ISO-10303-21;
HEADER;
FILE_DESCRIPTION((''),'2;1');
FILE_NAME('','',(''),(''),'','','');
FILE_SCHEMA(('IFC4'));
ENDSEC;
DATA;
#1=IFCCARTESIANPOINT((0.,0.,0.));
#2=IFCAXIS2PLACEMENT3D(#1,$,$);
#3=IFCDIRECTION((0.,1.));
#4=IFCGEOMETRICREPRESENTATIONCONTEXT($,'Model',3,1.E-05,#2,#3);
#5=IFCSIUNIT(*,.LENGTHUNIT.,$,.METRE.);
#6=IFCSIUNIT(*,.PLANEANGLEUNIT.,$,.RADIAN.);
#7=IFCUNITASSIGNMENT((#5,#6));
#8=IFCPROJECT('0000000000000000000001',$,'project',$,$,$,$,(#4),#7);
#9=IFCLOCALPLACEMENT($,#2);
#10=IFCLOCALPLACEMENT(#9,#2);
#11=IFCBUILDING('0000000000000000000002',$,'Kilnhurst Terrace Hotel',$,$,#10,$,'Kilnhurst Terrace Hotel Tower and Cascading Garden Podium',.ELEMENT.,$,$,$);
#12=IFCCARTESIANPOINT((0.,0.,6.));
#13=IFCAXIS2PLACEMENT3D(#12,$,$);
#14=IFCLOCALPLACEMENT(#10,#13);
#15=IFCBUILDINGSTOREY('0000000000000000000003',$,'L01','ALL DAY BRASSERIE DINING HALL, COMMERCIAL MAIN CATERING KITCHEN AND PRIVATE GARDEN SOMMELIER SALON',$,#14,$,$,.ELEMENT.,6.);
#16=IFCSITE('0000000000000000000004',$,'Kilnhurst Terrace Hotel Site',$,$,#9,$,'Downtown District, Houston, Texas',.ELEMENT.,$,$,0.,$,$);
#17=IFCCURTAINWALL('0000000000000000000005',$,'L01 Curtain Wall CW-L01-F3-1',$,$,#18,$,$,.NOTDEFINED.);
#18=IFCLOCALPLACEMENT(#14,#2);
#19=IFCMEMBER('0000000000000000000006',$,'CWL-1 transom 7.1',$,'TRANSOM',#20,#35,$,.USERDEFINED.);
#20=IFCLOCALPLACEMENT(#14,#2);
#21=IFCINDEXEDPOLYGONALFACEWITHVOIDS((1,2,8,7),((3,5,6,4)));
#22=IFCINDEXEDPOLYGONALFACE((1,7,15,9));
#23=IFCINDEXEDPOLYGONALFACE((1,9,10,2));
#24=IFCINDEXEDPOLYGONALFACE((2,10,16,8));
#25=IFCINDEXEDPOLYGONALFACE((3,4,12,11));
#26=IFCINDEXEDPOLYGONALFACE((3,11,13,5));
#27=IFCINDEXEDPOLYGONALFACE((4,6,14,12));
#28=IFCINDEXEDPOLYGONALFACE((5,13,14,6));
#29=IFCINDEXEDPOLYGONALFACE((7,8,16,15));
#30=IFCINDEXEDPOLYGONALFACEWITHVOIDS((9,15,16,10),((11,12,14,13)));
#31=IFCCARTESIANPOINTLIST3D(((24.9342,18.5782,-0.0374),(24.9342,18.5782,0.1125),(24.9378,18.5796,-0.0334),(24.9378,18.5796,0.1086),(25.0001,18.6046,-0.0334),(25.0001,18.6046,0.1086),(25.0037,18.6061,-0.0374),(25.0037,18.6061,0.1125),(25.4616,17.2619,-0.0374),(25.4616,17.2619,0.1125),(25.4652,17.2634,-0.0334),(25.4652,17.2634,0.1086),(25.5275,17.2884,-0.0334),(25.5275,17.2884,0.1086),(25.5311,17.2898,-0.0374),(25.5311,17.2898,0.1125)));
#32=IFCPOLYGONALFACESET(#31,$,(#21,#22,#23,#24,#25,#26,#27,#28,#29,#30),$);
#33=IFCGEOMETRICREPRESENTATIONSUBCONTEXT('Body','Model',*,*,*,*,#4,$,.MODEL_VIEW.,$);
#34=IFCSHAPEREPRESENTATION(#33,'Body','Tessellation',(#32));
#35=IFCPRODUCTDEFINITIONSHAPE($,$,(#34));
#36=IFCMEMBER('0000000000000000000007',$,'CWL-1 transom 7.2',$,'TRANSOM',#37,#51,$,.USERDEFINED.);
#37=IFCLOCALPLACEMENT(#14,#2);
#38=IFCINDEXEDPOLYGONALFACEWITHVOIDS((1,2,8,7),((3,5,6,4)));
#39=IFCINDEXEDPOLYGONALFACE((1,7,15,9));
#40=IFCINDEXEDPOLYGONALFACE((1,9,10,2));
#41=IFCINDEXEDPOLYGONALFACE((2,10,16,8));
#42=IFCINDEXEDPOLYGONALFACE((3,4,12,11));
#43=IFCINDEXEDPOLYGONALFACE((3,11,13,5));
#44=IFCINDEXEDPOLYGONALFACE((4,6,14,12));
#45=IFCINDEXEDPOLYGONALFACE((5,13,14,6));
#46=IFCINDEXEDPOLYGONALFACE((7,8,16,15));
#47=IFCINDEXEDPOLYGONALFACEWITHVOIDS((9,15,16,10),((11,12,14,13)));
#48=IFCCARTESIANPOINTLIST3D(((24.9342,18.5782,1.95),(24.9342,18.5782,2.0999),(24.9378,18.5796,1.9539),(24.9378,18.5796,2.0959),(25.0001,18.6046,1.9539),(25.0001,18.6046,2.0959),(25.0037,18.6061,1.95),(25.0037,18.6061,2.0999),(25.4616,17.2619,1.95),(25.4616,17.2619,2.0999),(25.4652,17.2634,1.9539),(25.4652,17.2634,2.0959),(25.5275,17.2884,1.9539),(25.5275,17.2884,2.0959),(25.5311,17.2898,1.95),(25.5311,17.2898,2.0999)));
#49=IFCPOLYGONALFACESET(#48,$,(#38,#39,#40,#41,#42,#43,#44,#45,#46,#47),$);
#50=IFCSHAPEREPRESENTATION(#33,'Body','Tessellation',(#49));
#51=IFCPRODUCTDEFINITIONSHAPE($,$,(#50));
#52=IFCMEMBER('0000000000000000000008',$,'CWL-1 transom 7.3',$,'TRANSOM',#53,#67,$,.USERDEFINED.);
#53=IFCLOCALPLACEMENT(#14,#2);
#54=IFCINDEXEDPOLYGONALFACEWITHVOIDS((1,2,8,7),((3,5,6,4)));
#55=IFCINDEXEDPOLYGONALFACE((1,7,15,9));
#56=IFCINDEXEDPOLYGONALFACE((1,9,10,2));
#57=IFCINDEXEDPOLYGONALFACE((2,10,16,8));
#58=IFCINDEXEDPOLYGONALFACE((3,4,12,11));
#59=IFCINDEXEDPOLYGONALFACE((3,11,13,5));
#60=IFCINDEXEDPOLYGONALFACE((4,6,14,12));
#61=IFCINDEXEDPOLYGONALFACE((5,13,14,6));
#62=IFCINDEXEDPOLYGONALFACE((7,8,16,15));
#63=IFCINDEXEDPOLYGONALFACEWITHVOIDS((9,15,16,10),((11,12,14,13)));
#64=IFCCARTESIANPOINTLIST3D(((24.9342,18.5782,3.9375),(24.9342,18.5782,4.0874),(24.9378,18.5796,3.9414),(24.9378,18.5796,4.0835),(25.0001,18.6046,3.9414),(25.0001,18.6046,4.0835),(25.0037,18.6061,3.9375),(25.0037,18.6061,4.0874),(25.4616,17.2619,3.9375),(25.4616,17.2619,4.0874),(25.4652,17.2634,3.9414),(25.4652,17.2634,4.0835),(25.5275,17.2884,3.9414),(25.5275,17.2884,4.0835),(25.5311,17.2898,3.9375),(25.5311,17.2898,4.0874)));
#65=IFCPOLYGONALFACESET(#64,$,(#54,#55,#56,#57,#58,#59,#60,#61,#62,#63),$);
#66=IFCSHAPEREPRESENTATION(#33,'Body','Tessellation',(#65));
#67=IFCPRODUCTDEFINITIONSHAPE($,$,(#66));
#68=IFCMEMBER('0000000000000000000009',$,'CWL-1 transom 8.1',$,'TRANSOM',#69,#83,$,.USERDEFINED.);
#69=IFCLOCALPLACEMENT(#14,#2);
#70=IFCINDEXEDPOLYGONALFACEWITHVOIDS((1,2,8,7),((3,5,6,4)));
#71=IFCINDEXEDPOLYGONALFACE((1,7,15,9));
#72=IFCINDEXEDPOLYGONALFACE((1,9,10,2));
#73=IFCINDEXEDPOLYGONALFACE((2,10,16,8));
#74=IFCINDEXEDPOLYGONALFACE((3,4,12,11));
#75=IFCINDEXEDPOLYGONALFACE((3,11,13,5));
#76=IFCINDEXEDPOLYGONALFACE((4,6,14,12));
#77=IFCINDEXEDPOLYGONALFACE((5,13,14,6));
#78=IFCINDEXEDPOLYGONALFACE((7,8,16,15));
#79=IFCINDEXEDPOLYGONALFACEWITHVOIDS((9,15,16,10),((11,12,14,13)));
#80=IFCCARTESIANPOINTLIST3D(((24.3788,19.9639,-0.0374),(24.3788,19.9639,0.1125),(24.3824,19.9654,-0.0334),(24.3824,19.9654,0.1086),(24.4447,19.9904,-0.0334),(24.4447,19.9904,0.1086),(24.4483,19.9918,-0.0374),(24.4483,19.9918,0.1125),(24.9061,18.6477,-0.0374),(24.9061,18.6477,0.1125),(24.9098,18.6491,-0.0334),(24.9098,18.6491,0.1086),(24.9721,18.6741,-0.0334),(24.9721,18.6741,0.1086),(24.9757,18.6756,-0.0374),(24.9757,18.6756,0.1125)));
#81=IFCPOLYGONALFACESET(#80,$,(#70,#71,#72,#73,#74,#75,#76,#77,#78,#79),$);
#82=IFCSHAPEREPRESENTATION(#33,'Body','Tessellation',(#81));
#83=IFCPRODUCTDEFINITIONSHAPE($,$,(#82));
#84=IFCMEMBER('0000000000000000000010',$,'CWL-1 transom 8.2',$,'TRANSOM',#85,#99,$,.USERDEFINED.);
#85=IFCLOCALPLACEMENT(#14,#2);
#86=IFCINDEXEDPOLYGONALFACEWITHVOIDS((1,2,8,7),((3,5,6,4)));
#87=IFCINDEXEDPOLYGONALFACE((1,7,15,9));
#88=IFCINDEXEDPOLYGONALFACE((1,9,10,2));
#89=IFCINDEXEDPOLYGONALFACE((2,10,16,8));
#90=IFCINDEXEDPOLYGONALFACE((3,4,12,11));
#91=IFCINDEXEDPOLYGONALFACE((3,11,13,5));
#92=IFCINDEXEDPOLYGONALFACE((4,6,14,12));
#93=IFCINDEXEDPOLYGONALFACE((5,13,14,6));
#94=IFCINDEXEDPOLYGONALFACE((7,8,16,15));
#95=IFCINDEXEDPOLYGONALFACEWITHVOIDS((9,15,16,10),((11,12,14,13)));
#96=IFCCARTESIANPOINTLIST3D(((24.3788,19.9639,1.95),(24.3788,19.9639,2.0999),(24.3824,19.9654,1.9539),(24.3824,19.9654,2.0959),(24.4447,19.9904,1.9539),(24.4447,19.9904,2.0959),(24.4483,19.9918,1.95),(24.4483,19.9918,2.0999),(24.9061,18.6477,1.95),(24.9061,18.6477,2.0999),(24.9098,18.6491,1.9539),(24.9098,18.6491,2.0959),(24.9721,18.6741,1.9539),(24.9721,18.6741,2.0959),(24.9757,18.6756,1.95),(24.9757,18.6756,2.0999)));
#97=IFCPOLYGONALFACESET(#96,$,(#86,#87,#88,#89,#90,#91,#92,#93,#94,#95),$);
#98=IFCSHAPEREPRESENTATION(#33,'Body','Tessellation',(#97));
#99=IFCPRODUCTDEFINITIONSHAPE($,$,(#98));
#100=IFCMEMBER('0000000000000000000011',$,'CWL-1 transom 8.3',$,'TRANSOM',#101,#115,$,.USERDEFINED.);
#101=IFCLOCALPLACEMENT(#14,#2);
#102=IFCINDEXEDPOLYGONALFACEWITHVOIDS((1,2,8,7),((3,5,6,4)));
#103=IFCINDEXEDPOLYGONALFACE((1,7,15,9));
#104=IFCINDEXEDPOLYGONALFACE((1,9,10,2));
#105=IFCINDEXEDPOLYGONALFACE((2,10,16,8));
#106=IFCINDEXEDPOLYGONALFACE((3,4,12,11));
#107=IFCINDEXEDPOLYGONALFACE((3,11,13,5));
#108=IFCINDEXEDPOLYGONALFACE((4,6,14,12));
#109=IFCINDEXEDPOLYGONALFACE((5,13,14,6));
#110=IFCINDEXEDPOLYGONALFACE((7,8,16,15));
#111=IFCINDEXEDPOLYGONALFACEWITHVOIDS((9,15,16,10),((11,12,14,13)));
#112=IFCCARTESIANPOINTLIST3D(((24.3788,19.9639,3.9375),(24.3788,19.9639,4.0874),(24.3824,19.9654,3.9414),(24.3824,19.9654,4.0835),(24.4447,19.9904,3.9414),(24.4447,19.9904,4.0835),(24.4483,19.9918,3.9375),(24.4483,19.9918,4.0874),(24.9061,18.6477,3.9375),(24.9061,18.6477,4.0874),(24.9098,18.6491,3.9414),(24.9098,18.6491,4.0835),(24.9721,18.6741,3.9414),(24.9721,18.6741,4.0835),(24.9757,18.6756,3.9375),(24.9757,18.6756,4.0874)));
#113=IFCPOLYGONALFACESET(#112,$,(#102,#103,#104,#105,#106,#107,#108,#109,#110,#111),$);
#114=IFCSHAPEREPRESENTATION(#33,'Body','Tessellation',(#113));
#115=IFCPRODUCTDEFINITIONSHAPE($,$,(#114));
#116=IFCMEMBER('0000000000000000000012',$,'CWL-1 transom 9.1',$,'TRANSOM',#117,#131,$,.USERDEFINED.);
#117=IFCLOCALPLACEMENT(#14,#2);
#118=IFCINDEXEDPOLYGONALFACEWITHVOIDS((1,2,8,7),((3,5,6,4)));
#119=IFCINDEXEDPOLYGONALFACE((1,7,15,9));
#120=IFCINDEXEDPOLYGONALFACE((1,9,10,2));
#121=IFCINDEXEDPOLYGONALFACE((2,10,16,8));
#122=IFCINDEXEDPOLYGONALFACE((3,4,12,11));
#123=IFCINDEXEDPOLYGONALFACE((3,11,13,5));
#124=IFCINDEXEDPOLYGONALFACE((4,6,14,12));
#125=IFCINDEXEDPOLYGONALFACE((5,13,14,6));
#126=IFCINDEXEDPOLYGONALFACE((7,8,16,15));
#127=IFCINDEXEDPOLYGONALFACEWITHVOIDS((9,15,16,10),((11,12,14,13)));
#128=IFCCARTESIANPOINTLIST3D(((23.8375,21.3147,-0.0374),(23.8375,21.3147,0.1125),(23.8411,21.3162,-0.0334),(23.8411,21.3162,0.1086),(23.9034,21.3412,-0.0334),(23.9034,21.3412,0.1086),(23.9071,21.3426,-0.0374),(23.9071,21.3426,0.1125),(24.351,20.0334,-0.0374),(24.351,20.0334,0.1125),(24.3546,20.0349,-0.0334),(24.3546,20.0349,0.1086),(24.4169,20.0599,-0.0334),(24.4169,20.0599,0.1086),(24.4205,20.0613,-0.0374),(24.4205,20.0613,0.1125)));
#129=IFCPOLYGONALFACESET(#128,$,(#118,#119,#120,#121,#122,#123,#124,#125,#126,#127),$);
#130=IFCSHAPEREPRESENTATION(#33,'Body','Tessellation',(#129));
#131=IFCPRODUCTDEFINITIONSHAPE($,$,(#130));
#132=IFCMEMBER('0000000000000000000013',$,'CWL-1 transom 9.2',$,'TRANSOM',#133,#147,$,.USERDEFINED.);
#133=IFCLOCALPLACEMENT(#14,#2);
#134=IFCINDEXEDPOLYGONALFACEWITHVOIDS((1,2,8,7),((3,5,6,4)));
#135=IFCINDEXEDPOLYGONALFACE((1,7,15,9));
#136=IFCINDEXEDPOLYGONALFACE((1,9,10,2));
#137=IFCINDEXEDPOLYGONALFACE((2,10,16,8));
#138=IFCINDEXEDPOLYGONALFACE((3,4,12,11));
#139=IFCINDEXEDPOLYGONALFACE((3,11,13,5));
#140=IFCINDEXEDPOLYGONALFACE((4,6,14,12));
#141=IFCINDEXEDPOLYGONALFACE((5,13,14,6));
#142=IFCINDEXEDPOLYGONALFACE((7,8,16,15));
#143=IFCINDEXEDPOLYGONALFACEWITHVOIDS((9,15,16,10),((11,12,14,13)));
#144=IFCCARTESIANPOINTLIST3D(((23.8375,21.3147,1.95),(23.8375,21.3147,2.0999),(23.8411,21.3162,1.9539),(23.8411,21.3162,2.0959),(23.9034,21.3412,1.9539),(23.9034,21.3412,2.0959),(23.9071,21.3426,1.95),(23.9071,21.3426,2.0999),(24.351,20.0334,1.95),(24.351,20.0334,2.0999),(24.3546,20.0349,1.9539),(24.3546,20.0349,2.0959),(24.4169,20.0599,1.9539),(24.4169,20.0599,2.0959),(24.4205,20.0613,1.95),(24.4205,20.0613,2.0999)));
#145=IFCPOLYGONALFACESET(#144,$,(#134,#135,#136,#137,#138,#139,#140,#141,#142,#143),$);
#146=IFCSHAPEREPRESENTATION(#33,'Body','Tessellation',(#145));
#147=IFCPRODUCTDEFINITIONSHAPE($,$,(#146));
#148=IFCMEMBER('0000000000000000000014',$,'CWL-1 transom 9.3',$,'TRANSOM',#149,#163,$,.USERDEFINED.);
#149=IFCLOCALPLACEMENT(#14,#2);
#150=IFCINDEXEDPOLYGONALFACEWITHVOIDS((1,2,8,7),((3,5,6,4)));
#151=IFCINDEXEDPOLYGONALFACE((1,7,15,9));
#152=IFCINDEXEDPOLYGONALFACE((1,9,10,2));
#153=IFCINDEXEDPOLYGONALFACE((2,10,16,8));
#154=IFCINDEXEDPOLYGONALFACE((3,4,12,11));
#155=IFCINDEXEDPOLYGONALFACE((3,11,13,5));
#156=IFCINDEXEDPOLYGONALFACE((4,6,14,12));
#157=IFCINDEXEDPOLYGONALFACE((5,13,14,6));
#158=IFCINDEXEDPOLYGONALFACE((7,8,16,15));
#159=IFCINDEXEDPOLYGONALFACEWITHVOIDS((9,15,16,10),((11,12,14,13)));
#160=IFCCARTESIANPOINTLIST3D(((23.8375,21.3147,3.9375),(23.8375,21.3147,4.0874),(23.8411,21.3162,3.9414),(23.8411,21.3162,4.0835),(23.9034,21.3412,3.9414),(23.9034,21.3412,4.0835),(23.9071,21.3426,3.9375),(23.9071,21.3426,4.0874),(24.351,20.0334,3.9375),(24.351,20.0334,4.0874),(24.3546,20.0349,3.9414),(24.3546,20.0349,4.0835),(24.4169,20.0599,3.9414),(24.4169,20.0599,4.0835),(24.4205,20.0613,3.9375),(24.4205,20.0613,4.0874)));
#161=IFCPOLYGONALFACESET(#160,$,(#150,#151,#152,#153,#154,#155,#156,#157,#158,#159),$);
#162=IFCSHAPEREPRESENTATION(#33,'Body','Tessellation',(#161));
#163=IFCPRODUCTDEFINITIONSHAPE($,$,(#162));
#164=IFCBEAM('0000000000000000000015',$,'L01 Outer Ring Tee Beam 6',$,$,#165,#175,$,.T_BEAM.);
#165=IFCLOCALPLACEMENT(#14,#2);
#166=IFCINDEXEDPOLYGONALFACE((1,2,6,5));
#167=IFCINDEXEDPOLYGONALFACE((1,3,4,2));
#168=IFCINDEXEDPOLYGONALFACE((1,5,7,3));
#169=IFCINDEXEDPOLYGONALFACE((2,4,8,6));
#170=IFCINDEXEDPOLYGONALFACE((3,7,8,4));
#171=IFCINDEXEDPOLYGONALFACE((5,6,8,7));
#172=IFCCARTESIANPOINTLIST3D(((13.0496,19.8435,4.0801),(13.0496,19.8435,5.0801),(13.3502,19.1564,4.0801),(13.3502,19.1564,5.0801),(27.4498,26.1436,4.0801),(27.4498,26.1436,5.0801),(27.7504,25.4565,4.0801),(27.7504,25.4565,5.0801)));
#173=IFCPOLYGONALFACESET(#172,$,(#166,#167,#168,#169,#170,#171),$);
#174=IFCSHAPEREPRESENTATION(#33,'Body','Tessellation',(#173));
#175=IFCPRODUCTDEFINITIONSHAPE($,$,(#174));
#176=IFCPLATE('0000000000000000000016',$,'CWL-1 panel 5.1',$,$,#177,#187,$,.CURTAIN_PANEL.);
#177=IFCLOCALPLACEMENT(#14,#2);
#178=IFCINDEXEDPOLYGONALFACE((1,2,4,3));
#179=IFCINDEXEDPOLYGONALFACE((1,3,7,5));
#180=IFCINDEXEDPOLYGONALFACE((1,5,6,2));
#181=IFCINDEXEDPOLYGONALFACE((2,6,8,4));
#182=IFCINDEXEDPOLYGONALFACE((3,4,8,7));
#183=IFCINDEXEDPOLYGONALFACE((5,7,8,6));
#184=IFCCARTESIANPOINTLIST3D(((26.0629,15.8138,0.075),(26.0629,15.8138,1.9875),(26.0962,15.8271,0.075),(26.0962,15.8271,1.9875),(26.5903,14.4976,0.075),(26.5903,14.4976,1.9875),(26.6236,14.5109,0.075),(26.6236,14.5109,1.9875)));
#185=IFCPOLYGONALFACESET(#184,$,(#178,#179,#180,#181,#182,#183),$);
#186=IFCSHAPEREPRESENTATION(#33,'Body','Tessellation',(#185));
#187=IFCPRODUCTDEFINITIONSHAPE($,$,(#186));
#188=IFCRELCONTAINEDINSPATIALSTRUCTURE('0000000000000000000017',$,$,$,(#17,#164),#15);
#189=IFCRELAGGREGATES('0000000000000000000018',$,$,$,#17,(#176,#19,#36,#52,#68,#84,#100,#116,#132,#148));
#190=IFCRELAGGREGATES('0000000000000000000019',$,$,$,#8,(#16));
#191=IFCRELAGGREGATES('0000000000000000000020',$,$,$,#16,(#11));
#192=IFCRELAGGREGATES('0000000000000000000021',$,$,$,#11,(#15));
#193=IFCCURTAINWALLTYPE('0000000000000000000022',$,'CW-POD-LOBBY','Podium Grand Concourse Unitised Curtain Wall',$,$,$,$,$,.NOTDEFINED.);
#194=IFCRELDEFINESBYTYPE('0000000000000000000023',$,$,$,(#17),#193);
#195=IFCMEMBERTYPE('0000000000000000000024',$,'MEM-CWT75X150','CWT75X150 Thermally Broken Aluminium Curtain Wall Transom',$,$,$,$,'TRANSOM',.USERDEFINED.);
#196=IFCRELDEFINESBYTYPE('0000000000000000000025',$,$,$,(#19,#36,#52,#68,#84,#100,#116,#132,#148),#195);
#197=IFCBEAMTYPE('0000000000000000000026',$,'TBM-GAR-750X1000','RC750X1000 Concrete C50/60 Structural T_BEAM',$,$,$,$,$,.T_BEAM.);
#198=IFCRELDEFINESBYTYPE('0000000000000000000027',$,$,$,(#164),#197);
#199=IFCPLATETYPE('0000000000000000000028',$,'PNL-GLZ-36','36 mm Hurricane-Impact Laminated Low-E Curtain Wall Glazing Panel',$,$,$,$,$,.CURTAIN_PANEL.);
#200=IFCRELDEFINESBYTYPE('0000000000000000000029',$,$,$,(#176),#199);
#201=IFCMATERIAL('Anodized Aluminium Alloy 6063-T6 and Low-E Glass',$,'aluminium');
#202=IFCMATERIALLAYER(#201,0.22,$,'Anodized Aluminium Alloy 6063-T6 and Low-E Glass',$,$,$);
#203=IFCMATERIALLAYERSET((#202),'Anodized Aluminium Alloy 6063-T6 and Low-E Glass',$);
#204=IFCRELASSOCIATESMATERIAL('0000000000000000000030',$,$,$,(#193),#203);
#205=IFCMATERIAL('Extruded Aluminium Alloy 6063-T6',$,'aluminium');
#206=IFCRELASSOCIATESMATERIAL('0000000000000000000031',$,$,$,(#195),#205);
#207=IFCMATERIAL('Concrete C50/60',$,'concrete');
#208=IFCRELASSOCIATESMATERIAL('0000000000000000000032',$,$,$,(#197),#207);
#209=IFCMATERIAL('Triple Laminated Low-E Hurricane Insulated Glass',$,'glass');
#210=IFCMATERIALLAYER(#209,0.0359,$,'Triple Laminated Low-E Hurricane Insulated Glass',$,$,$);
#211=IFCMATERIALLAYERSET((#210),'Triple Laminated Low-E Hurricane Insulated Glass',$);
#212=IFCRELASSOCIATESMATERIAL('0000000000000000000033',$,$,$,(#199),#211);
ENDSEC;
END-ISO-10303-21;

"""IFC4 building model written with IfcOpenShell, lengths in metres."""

from ifc_helpers import new_model, si_unit, direction, frame, origin, origin_2d, place, context, subcontext, project, spatial, rectangle, hollow_rectangle, extrude, material, layer, layer_set, material_profile, profile_set, type_object, element, aggregate, save


model = new_model("IFC4")

# Units and contexts
model_context = context("Model", 3, precision=1e-05, world=origin(), true_north=direction((0.0, 1.0)))
body_context = subcontext(model_context, "Body", "Model", "MODEL_VIEW")
ifc_project = project(units=[si_unit("LENGTHUNIT", "METRE"), si_unit("PLANEANGLEUNIT", "RADIAN")], contexts=[model_context])

# Site, building, storey
site_placement = place(None, origin())
site = spatial("IfcSite", under=ifc_project, at=site_placement, Name="Kilnhurst Terrace Hotel Site", LongName="Downtown District, Houston, Texas", CompositionType="ELEMENT", RefElevation=0.0)
building_placement = place(site_placement, origin())
building = spatial("IfcBuilding", under=site, at=building_placement, Name="Kilnhurst Terrace Hotel", LongName="Kilnhurst Terrace Hotel Tower and Cascading Garden Podium", CompositionType="ELEMENT")
storey_placement = place(building_placement, frame((0.0, 0.0, 6.0)))
storey = spatial("IfcBuildingStorey", under=building, at=storey_placement, Name="L01", Description="ALL DAY BRASSERIE DINING HALL, COMMERCIAL MAIN CATERING KITCHEN AND PRIVATE GARDEN SOMMELIER SALON", CompositionType="ELEMENT", Elevation=6.0)

# Curtain wall, members
ifc_material_1 = material(Name="Anodized Aluminium Alloy 6063-T6 and Low-E Glass", Category="aluminium")
ifc_layer_1 = layer(ifc_material_1, 0.22, Name="Anodized Aluminium Alloy 6063-T6 and Low-E Glass")
ifc_layer_set_1 = layer_set([ifc_layer_1], Name="Anodized Aluminium Alloy 6063-T6 and Low-E Glass")
curtain_wall_type = type_object("IfcCurtainWallType", Name="CW-POD-LOBBY", Description="Podium Grand Concourse Unitised Curtain Wall", PredefinedType="NOTDEFINED", material=ifc_layer_set_1)
curtain_wall_placement = place(storey_placement, origin())
curtain_wall = element("IfcCurtainWall", 1, at=curtain_wall_placement, inside=storey, type_object=curtain_wall_type, Name="L01 Curtain Wall CW-L01-F3-1", PredefinedType="NOTDEFINED")
ifc_material_2 = material(Name="Extruded Aluminium Alloy 6063-T6", Category="aluminium")
ifc_material_profile_1 = material_profile(ifc_material_2, hollow_rectangle(XDim=0.075, YDim=0.1499, WallThickness=0.0039, at=origin_2d()), Name="CWT75X150")
ifc_profile_set_1 = profile_set([ifc_material_profile_1], Name="Extruded Aluminium Alloy 6063-T6")
member_type_1 = type_object("IfcMemberType", Name="MEM-CWT75X150", Description="CWT75X150 Thermally Broken Aluminium Curtain Wall Transom", ElementType="TRANSOM", PredefinedType="USERDEFINED", material=ifc_profile_set_1)
member_1_placement = place(storey_placement, frame((25.4963, 17.2759, 0.0376), z_axis=(-0.371925, 0.928263, 0.0), x_axis=(-0.928263, -0.371925, 0.0)))
member_1 = element("IfcMember", 2, at=member_1_placement, type_object=member_type_1, Name="CWL-1 transom 7.1", ObjectType="TRANSOM", PredefinedType="USERDEFINED", context=body_context, shape_type="SweptSolid", body=[
    extrude(hollow_rectangle(XDim=0.075, YDim=0.1499, WallThickness=0.0039, at=origin_2d()), origin(), (0.0, 0.0, 1.0), 1.418),
])
member_2_placement = place(storey_placement, frame((25.4963, 17.2759, 2.0249), z_axis=(-0.371925, 0.928263, 0.0), x_axis=(-0.928263, -0.371925, 0.0)))
member_2 = element("IfcMember", 3, at=member_2_placement, type_object=member_type_1, Name="CWL-1 transom 7.2", ObjectType="TRANSOM", PredefinedType="USERDEFINED", context=body_context, shape_type="SweptSolid", body=[
    extrude(hollow_rectangle(XDim=0.075, YDim=0.1499, WallThickness=0.0039, at=origin_2d()), origin(), (0.0, 0.0, 1.0), 1.418),
])
member_3_placement = place(storey_placement, frame((25.4963, 17.2759, 4.0125), z_axis=(-0.371925, 0.928263, 0.0), x_axis=(-0.928263, -0.371925, 0.0)))
member_3 = element("IfcMember", 4, at=member_3_placement, type_object=member_type_1, Name="CWL-1 transom 7.3", ObjectType="TRANSOM", PredefinedType="USERDEFINED", context=body_context, shape_type="SweptSolid", body=[
    extrude(hollow_rectangle(XDim=0.075, YDim=0.1499, WallThickness=0.0039, at=origin_2d()), origin(), (0.0, 0.0, 1.0), 1.418),
])
member_4_placement = place(storey_placement, frame((24.9409, 18.6616, 0.0376), z_axis=(-0.371925, 0.928263, 0.0), x_axis=(-0.928263, -0.371925, 0.0)))
member_4 = element("IfcMember", 5, at=member_4_placement, type_object=member_type_1, Name="CWL-1 transom 8.1", ObjectType="TRANSOM", PredefinedType="USERDEFINED", context=body_context, shape_type="SweptSolid", body=[
    extrude(hollow_rectangle(XDim=0.075, YDim=0.1499, WallThickness=0.0039, at=origin_2d()), origin(), (0.0, 0.0, 1.0), 1.418),
])
member_5_placement = place(storey_placement, frame((24.9409, 18.6616, 2.0249), z_axis=(-0.371925, 0.928263, 0.0), x_axis=(-0.928263, -0.371925, 0.0)))
member_5 = element("IfcMember", 6, at=member_5_placement, type_object=member_type_1, Name="CWL-1 transom 8.2", ObjectType="TRANSOM", PredefinedType="USERDEFINED", context=body_context, shape_type="SweptSolid", body=[
    extrude(hollow_rectangle(XDim=0.075, YDim=0.1499, WallThickness=0.0039, at=origin_2d()), origin(), (0.0, 0.0, 1.0), 1.418),
])
member_6_placement = place(storey_placement, frame((24.9409, 18.6616, 4.0125), z_axis=(-0.371925, 0.928263, 0.0), x_axis=(-0.928263, -0.371925, 0.0)))
member_6 = element("IfcMember", 7, at=member_6_placement, type_object=member_type_1, Name="CWL-1 transom 8.3", ObjectType="TRANSOM", PredefinedType="USERDEFINED", context=body_context, shape_type="SweptSolid", body=[
    extrude(hollow_rectangle(XDim=0.075, YDim=0.1499, WallThickness=0.0039, at=origin_2d()), origin(), (0.0, 0.0, 1.0), 1.418),
])
member_7_placement = place(storey_placement, frame((24.3857, 20.0474, 0.0376), z_axis=(-0.37197, 0.928245, 0.0), x_axis=(-0.928245, -0.37197, 0.0)))
member_7 = element("IfcMember", 8, at=member_7_placement, type_object=member_type_1, Name="CWL-1 transom 9.1", ObjectType="TRANSOM", PredefinedType="USERDEFINED", context=body_context, shape_type="SweptSolid", body=[
    extrude(hollow_rectangle(XDim=0.075, YDim=0.1499, WallThickness=0.0039, at=origin_2d()), origin(), (0.0, 0.0, 1.0), 1.3804),
])
member_8_placement = place(storey_placement, frame((24.3857, 20.0474, 2.0249), z_axis=(-0.37197, 0.928245, 0.0), x_axis=(-0.928245, -0.37197, 0.0)))
member_8 = element("IfcMember", 9, at=member_8_placement, type_object=member_type_1, Name="CWL-1 transom 9.2", ObjectType="TRANSOM", PredefinedType="USERDEFINED", context=body_context, shape_type="SweptSolid", body=[
    extrude(hollow_rectangle(XDim=0.075, YDim=0.1499, WallThickness=0.0039, at=origin_2d()), origin(), (0.0, 0.0, 1.0), 1.3804),
])
member_9_placement = place(storey_placement, frame((24.3857, 20.0474, 4.0125), z_axis=(-0.37197, 0.928245, 0.0), x_axis=(-0.928245, -0.37197, 0.0)))
member_9 = element("IfcMember", 10, at=member_9_placement, type_object=member_type_1, Name="CWL-1 transom 9.3", ObjectType="TRANSOM", PredefinedType="USERDEFINED", context=body_context, shape_type="SweptSolid", body=[
    extrude(hollow_rectangle(XDim=0.075, YDim=0.1499, WallThickness=0.0039, at=origin_2d()), origin(), (0.0, 0.0, 1.0), 1.3804),
])

# Beam
ifc_material_3 = material(Name="Concrete C50/60", Category="concrete")
ifc_material_profile_2 = material_profile(ifc_material_3, rectangle(XDim=0.75, YDim=1.0, at=origin_2d()), Name="RC750X1000")
ifc_profile_set_2 = profile_set([ifc_material_profile_2], Name="Concrete C50/60")
beam_type = type_object("IfcBeamType", Name="TBM-GAR-750X1000", Description="RC750X1000 Concrete C50/60 Structural T_BEAM", PredefinedType="T_BEAM", material=ifc_profile_set_2)
beam_placement = place(storey_placement, frame((27.6001, 25.8, 4.5801), z_axis=(-0.916158, -0.400818, 0.0), x_axis=(0.400818, -0.916158, 0.0)))
element("IfcBeam", 11, at=beam_placement, inside=storey, type_object=beam_type, Name="L01 Outer Ring Tee Beam 6", PredefinedType="T_BEAM", context=body_context, shape_type="SweptSolid", body=[
    extrude(rectangle(XDim=0.75, YDim=1.0, at=origin_2d()), origin(), (0.0, 0.0, 1.0), 15.718),
])

# Plate
ifc_material_4 = material(Name="Triple Laminated Low-E Hurricane Insulated Glass", Category="glass")
ifc_layer_2 = layer(ifc_material_4, 0.0359, Name="Triple Laminated Low-E Hurricane Insulated Glass")
ifc_layer_set_2 = layer_set([ifc_layer_2], Name="Triple Laminated Low-E Hurricane Insulated Glass")
plate_type = type_object("IfcPlateType", Name="PNL-GLZ-36", Description="36 mm Hurricane-Impact Laminated Low-E Curtain Wall Glazing Panel", PredefinedType="CURTAIN_PANEL", material=ifc_layer_set_2)
plate_1_placement = place(storey_placement, frame((26.3433, 15.1624, 0.075), z_axis=(0.0, 0.0, 1.0), x_axis=(-0.371955, 0.928251, 0.0)))
plate_1 = element("IfcPlate", 12, at=plate_1_placement, type_object=plate_type, Name="CWL-1 panel 5.1", PredefinedType="CURTAIN_PANEL", context=body_context, shape_type="SweptSolid", body=[
    extrude(rectangle(XDim=1.418, YDim=0.0359, at=origin_2d()), origin(), (0.0, 0.0, 1.0), 1.9126),
])
aggregate(curtain_wall, [plate_1, member_1, member_2, member_3, member_4, member_5, member_6, member_7, member_8, member_9])

save(model, "model.ifc")
